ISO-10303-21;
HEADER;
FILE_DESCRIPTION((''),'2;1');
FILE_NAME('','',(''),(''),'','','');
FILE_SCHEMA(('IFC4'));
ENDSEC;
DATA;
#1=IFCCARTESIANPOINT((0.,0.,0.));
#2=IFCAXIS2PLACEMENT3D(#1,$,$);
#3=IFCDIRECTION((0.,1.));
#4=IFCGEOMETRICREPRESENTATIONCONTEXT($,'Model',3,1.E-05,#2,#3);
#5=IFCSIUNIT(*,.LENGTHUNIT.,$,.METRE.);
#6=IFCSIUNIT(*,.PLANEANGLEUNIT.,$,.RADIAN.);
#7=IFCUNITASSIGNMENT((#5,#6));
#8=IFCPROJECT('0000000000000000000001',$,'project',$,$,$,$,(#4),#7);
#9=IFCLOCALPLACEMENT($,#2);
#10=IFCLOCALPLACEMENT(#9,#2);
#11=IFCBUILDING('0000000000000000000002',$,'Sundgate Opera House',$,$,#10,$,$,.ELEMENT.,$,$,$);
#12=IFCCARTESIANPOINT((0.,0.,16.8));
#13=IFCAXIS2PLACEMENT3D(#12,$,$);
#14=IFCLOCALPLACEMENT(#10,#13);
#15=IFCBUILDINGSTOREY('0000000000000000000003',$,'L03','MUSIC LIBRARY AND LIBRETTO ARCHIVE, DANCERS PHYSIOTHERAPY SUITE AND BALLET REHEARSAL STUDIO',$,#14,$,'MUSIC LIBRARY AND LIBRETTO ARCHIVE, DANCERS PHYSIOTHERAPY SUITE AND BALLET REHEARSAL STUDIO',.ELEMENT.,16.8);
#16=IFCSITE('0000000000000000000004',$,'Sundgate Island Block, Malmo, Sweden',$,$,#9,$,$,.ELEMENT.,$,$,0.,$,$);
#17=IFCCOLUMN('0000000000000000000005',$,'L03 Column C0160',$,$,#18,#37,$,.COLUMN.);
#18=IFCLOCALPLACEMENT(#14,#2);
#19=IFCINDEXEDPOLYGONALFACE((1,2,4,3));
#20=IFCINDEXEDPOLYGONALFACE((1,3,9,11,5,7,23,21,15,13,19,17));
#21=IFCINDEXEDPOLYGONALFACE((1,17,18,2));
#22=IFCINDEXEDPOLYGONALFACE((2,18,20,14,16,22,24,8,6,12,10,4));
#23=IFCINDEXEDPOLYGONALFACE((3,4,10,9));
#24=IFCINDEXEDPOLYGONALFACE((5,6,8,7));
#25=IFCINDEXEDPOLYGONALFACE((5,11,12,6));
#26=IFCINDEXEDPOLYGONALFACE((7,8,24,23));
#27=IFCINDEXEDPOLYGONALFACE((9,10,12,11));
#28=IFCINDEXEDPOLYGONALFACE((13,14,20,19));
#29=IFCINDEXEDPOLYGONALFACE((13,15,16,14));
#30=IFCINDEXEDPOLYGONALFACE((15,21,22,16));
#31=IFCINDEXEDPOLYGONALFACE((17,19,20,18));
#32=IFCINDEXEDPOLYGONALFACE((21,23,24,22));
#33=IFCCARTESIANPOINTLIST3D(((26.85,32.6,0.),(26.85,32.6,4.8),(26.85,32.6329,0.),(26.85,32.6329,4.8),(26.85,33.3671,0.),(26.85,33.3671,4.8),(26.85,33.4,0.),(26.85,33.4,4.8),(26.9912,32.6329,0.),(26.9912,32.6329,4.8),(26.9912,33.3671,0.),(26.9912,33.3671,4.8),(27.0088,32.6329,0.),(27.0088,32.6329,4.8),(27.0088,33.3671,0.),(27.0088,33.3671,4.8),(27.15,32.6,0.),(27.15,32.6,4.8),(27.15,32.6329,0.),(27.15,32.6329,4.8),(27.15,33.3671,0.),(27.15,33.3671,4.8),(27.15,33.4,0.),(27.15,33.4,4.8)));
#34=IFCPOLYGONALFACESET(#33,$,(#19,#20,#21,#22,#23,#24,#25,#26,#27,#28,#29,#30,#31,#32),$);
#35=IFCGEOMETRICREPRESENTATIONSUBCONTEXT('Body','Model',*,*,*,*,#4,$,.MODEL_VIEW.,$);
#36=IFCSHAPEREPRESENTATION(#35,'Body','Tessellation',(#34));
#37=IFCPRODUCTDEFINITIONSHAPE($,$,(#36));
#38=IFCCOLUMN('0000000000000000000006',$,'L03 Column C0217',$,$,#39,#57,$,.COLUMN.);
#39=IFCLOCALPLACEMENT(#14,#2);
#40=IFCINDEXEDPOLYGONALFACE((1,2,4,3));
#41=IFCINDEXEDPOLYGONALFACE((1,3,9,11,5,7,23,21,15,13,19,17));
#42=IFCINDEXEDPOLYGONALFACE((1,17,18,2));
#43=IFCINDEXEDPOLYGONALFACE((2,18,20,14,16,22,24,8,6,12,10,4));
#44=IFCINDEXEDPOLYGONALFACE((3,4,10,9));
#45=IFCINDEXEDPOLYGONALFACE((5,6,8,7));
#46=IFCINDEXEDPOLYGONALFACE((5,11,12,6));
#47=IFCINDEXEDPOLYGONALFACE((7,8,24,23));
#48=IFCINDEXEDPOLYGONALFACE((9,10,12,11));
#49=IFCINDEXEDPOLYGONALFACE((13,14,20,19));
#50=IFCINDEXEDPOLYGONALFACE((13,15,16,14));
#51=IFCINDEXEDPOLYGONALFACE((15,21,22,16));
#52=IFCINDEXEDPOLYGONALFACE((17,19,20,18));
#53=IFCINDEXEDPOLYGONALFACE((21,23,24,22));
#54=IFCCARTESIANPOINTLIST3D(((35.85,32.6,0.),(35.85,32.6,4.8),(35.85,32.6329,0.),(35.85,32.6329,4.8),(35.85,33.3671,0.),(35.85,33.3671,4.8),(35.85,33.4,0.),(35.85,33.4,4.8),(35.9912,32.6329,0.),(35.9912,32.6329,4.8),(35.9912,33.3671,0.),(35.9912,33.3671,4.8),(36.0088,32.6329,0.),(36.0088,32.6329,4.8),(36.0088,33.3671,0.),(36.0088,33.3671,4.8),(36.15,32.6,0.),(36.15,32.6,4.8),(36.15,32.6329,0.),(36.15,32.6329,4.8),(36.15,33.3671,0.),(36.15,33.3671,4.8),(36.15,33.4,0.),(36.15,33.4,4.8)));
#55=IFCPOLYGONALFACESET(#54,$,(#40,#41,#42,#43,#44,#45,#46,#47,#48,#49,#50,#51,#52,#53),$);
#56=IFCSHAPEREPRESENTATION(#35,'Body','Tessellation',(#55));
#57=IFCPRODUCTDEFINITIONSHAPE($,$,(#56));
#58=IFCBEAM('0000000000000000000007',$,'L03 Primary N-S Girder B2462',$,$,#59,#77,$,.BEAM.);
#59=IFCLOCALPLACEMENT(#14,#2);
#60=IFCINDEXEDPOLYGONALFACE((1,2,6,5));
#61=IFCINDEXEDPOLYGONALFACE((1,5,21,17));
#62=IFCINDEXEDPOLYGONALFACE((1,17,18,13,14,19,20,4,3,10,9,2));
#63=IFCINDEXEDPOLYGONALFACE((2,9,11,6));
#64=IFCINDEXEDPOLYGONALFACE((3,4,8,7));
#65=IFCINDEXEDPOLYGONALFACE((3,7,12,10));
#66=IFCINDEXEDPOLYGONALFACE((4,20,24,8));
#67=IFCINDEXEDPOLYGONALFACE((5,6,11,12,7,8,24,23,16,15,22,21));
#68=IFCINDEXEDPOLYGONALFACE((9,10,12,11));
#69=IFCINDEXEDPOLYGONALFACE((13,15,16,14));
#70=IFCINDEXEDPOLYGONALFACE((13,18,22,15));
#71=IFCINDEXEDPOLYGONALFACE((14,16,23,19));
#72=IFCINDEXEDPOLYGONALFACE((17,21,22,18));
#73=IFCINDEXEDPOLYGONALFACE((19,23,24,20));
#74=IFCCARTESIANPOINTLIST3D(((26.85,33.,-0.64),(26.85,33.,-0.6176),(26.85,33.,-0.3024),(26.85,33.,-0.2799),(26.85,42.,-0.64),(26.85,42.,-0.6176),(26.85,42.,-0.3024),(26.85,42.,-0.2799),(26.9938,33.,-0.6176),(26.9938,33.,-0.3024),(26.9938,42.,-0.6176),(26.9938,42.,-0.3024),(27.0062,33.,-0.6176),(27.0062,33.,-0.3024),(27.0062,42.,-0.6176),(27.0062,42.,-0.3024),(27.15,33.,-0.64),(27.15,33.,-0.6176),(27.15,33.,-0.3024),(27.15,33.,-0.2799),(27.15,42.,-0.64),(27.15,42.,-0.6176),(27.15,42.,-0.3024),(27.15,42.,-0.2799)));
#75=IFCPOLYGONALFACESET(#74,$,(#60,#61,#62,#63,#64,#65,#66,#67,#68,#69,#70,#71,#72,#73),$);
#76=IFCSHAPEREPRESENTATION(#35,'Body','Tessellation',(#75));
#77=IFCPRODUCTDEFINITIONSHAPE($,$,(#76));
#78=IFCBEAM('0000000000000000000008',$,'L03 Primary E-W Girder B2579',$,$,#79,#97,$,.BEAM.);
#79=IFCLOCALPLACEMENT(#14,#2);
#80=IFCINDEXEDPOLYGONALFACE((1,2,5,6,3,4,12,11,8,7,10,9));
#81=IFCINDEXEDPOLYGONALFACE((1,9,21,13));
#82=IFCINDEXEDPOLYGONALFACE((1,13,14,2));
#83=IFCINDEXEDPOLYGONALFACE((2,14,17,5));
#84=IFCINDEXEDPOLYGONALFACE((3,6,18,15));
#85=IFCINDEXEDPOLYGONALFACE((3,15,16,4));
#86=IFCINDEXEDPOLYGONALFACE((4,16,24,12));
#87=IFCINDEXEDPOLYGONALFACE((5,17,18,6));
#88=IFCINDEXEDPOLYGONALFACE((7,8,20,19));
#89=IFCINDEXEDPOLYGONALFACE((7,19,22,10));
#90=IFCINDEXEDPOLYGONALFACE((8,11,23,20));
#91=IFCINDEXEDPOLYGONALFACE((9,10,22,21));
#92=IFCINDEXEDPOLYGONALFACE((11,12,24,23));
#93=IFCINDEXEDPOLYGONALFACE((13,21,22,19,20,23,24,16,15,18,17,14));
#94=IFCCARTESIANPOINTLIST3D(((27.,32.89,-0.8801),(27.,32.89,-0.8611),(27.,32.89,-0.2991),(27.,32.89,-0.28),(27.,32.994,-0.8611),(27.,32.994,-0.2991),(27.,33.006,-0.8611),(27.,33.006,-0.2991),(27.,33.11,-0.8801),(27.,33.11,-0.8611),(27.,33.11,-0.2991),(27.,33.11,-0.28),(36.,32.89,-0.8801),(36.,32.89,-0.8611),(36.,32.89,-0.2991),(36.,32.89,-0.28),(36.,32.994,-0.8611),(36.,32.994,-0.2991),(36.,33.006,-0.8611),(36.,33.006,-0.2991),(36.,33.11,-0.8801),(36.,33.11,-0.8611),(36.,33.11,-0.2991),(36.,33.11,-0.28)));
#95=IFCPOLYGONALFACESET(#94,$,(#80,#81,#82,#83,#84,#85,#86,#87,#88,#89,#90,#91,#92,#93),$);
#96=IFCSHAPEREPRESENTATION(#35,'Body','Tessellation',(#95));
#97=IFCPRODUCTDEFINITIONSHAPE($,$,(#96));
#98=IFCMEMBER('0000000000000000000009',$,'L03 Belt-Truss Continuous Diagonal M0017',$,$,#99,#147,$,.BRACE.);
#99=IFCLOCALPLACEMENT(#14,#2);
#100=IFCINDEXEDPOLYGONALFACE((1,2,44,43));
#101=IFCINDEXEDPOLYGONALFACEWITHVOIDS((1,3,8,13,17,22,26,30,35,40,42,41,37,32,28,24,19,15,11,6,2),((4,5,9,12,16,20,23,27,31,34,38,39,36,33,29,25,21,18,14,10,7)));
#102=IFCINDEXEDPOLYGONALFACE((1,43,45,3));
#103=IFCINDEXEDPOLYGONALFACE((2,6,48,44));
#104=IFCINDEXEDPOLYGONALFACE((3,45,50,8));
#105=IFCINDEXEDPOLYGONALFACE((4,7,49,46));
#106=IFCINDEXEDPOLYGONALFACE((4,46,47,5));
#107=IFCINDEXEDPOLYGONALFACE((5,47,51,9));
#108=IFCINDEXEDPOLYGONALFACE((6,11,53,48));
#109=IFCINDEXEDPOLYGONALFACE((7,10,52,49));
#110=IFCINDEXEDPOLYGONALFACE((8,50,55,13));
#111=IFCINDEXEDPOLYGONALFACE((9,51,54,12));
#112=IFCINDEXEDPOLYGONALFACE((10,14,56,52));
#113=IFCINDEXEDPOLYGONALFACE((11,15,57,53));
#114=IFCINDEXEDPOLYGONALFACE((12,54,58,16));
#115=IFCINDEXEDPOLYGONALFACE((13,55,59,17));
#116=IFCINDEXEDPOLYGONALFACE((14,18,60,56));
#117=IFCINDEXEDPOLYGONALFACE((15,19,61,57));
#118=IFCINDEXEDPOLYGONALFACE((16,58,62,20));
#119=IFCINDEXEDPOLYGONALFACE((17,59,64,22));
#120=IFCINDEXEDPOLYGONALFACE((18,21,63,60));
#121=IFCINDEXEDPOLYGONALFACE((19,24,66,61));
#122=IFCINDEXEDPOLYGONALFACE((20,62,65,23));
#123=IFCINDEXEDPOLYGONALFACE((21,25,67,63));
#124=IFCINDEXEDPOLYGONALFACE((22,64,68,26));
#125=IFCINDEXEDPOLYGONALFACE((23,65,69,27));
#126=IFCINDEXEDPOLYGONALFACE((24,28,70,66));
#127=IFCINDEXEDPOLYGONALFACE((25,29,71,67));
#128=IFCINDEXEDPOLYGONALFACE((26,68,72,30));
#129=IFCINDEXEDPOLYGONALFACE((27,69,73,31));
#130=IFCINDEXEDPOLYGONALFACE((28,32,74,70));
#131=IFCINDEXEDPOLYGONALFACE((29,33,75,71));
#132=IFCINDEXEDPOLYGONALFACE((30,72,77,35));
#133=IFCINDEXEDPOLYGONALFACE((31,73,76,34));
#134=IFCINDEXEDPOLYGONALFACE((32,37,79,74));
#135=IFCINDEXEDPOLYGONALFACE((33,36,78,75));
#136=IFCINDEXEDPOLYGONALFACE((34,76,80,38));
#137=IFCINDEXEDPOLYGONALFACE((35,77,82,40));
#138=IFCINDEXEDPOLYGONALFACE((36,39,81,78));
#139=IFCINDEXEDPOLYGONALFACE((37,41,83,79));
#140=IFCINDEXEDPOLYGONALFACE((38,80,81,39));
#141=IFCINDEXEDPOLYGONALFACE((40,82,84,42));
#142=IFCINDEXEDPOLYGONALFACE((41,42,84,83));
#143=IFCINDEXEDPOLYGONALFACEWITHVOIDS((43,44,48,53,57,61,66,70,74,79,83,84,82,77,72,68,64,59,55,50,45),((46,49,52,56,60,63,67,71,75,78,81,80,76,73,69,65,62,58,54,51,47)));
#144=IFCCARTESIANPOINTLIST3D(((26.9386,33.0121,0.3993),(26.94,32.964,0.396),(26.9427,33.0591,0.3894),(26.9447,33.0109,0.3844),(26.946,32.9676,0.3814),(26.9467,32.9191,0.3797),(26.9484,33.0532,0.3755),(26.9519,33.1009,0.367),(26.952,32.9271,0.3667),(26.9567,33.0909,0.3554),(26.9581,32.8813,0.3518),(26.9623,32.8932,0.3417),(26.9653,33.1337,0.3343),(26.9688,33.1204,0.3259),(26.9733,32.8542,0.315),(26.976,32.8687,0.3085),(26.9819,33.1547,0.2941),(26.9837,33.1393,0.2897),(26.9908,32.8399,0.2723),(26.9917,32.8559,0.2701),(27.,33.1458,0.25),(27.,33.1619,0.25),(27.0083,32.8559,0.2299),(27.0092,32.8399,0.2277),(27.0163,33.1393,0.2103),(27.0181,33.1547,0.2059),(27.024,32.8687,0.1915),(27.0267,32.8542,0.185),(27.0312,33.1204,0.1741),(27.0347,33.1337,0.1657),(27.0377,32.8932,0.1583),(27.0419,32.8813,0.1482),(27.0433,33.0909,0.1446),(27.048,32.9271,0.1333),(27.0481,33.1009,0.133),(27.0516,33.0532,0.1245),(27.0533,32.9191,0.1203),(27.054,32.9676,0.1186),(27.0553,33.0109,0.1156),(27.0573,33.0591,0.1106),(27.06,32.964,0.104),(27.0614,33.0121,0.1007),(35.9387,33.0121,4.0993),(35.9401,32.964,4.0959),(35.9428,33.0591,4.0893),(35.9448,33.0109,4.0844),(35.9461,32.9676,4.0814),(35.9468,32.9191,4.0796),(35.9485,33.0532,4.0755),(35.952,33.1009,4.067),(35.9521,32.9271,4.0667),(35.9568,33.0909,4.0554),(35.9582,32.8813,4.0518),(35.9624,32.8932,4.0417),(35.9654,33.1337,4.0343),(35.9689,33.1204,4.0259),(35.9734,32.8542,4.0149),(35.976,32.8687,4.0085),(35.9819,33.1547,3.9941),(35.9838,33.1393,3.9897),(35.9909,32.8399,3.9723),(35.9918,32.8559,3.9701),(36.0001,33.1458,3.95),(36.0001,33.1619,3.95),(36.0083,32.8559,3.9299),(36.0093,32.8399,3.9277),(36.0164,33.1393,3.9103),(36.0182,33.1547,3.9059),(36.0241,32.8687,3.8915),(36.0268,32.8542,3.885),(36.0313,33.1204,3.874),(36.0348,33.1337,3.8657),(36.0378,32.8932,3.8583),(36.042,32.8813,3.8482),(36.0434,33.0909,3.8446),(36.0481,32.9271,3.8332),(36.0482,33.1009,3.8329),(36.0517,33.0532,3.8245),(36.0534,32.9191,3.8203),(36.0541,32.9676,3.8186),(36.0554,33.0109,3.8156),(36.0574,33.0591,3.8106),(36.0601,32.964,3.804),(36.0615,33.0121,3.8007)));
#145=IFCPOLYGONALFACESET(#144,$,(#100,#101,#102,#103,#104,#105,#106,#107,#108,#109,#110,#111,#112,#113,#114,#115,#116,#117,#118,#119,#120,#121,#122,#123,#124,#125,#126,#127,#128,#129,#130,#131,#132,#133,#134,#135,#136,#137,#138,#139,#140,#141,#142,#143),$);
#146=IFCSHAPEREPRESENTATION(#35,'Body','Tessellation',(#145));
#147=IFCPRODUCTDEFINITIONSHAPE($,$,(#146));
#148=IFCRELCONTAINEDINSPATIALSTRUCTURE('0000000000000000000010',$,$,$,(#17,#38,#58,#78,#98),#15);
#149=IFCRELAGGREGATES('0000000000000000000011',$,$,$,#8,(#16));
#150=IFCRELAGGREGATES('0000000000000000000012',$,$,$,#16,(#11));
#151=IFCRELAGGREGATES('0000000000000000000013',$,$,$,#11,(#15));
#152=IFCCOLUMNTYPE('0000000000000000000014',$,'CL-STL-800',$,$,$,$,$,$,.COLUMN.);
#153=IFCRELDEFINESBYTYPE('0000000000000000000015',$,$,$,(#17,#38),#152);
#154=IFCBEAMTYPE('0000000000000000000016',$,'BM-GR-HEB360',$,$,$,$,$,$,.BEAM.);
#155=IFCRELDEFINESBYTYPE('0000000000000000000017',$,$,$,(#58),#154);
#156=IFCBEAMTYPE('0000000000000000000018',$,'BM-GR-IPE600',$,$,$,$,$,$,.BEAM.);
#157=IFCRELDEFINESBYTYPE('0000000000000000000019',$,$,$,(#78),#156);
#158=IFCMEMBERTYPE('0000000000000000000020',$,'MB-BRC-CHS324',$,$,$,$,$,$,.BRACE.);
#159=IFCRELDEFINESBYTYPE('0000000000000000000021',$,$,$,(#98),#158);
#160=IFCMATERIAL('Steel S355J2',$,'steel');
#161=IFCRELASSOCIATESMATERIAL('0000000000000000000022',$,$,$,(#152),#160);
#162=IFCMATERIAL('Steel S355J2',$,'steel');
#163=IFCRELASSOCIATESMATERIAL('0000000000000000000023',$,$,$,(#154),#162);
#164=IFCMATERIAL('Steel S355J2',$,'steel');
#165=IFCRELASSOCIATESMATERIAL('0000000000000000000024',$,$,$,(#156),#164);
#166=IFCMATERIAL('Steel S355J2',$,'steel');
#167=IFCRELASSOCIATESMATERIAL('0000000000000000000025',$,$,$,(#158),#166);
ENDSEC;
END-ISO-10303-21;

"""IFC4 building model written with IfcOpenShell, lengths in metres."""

from ifc_helpers import new_model, si_unit, direction, frame, origin, origin_2d, place, context, subcontext, project, spatial, hollow_circle, i_section, extrude, material, material_profile, profile_set, type_object, element, save


model = new_model("IFC4")

# Units and contexts
model_context = context("Model", 3, precision=1e-05, world=origin(), true_north=direction((0.0, 1.0)))
body_context = subcontext(model_context, "Body", "Model", "MODEL_VIEW")
ifc_project = project(units=[si_unit("LENGTHUNIT", "METRE"), si_unit("PLANEANGLEUNIT", "RADIAN")], contexts=[model_context])

# Site, building, storey
site_placement = place(None, origin())
site = spatial("IfcSite", under=ifc_project, at=site_placement, Name="Sundgate Island Block, Malmo, Sweden", CompositionType="ELEMENT", RefElevation=0.0)
building_placement = place(site_placement, origin())
building = spatial("IfcBuilding", under=site, at=building_placement, Name="Sundgate Opera House", CompositionType="ELEMENT")
storey_placement = place(building_placement, frame((0.0, 0.0, 16.8)))
storey = spatial("IfcBuildingStorey", under=building, at=storey_placement, Name="L03", Description="MUSIC LIBRARY AND LIBRETTO ARCHIVE, DANCERS PHYSIOTHERAPY SUITE AND BALLET REHEARSAL STUDIO", LongName="MUSIC LIBRARY AND LIBRETTO ARCHIVE, DANCERS PHYSIOTHERAPY SUITE AND BALLET REHEARSAL STUDIO", CompositionType="ELEMENT", Elevation=16.8)

# Columns
ifc_material_1 = material(Name="Steel S355J2", Category="steel")
ifc_material_profile_1 = material_profile(ifc_material_1, i_section(OverallWidth=0.3, OverallDepth=0.8, WebThickness=0.0176, FlangeThickness=0.033, at=origin_2d()), Name="HEB 800")
ifc_profile_set_1 = profile_set([ifc_material_profile_1], Name="Steel S355J2")
column_type = type_object("IfcColumnType", Name="CL-STL-800", PredefinedType="COLUMN", material=ifc_profile_set_1)
for number, where, z_axis, x_axis, name in (
    (1, (27.0, 33.0, 0.0), (0.0, 0.0, 1.0), (1.0, 0.0, 0.0), "L03 Column C0160"),
    (2, (36.0, 33.0, 0.0), (0.0, 0.0, 1.0), (1.0, 0.0, 0.0), "L03 Column C0217"),
):
    element("IfcColumn", number, at=place(storey_placement, frame(where, z_axis=z_axis, x_axis=x_axis)), inside=storey, type_object=column_type, Name=name, PredefinedType="COLUMN", context=body_context, shape_type="SweptSolid", body=[
        extrude(i_section(OverallWidth=0.3, OverallDepth=0.8, WebThickness=0.0176, FlangeThickness=0.033, at=origin_2d()), origin(), (0.0, 0.0, 1.0), 4.8),
    ])

# Beams
ifc_material_2 = material(Name="Steel S355J2", Category="steel")
ifc_material_profile_2 = material_profile(ifc_material_2, i_section(OverallWidth=0.3, OverallDepth=0.3601, WebThickness=0.0125, FlangeThickness=0.0225, at=origin_2d()), Name="HEB 360")
ifc_profile_set_2 = profile_set([ifc_material_profile_2], Name="Steel S355J2")
beam_type_1 = type_object("IfcBeamType", Name="BM-GR-HEB360", PredefinedType="BEAM", material=ifc_profile_set_2)
beam_1_placement = place(storey_placement, frame((27.0, 33.0, -0.46), z_axis=(0.0, 1.0, 0.0), x_axis=(-1.0, 0.0, 0.0)))
element("IfcBeam", 3, at=beam_1_placement, inside=storey, type_object=beam_type_1, Name="L03 Primary N-S Girder B2462", PredefinedType="BEAM", context=body_context, shape_type="SweptSolid", body=[
    extrude(i_section(OverallWidth=0.3, OverallDepth=0.3601, WebThickness=0.0125, FlangeThickness=0.0225, at=origin_2d()), origin(), (0.0, 0.0, 1.0), 9.0),
])
ifc_material_3 = material(Name="Steel S355J2", Category="steel")
ifc_material_profile_3 = material_profile(ifc_material_3, i_section(OverallWidth=0.22, OverallDepth=0.6001, WebThickness=0.012, FlangeThickness=0.019, at=origin_2d()), Name="IPE 600")
ifc_profile_set_3 = profile_set([ifc_material_profile_3], Name="Steel S355J2")
beam_type_2 = type_object("IfcBeamType", Name="BM-GR-IPE600", PredefinedType="BEAM", material=ifc_profile_set_3)
beam_2_placement = place(storey_placement, frame((27.0, 33.0, -0.5801), z_axis=(1.0, 0.0, 0.0), x_axis=(0.0, 1.0, 0.0)))
element("IfcBeam", 4, at=beam_2_placement, inside=storey, type_object=beam_type_2, Name="L03 Primary E-W Girder B2579", PredefinedType="BEAM", context=body_context, shape_type="SweptSolid", body=[
    extrude(i_section(OverallWidth=0.22, OverallDepth=0.6001, WebThickness=0.012, FlangeThickness=0.019, at=origin_2d()), origin(), (0.0, 0.0, 1.0), 9.0),
])

# Member
ifc_material_4 = material(Name="Steel S355J2", Category="steel")
ifc_material_profile_4 = material_profile(ifc_material_4, hollow_circle(Radius=0.1619, WallThickness=0.0161, at=origin_2d()), Name="CHS 323.9x16.0")
ifc_profile_set_4 = profile_set([ifc_material_profile_4], Name="Steel S355J2")
member_type = type_object("IfcMemberType", Name="MB-BRC-CHS324", PredefinedType="BRACE", material=ifc_profile_set_4)
member_1_placement = place(storey_placement, frame((27.0, 33.0, 0.25), z_axis=(0.924893, 0.0, 0.380229), x_axis=(0.0, 1.0, 0.0)))
element("IfcMember", 5, at=member_1_placement, inside=storey, type_object=member_type, Name="L03 Belt-Truss Continuous Diagonal M0017", PredefinedType="BRACE", context=body_context, shape_type="SweptSolid", body=[
    extrude(hollow_circle(Radius=0.1619, WallThickness=0.0161, at=origin_2d()), origin(), (0.0, 0.0, 1.0), 9.731),
])

save(model, "model.ifc")
